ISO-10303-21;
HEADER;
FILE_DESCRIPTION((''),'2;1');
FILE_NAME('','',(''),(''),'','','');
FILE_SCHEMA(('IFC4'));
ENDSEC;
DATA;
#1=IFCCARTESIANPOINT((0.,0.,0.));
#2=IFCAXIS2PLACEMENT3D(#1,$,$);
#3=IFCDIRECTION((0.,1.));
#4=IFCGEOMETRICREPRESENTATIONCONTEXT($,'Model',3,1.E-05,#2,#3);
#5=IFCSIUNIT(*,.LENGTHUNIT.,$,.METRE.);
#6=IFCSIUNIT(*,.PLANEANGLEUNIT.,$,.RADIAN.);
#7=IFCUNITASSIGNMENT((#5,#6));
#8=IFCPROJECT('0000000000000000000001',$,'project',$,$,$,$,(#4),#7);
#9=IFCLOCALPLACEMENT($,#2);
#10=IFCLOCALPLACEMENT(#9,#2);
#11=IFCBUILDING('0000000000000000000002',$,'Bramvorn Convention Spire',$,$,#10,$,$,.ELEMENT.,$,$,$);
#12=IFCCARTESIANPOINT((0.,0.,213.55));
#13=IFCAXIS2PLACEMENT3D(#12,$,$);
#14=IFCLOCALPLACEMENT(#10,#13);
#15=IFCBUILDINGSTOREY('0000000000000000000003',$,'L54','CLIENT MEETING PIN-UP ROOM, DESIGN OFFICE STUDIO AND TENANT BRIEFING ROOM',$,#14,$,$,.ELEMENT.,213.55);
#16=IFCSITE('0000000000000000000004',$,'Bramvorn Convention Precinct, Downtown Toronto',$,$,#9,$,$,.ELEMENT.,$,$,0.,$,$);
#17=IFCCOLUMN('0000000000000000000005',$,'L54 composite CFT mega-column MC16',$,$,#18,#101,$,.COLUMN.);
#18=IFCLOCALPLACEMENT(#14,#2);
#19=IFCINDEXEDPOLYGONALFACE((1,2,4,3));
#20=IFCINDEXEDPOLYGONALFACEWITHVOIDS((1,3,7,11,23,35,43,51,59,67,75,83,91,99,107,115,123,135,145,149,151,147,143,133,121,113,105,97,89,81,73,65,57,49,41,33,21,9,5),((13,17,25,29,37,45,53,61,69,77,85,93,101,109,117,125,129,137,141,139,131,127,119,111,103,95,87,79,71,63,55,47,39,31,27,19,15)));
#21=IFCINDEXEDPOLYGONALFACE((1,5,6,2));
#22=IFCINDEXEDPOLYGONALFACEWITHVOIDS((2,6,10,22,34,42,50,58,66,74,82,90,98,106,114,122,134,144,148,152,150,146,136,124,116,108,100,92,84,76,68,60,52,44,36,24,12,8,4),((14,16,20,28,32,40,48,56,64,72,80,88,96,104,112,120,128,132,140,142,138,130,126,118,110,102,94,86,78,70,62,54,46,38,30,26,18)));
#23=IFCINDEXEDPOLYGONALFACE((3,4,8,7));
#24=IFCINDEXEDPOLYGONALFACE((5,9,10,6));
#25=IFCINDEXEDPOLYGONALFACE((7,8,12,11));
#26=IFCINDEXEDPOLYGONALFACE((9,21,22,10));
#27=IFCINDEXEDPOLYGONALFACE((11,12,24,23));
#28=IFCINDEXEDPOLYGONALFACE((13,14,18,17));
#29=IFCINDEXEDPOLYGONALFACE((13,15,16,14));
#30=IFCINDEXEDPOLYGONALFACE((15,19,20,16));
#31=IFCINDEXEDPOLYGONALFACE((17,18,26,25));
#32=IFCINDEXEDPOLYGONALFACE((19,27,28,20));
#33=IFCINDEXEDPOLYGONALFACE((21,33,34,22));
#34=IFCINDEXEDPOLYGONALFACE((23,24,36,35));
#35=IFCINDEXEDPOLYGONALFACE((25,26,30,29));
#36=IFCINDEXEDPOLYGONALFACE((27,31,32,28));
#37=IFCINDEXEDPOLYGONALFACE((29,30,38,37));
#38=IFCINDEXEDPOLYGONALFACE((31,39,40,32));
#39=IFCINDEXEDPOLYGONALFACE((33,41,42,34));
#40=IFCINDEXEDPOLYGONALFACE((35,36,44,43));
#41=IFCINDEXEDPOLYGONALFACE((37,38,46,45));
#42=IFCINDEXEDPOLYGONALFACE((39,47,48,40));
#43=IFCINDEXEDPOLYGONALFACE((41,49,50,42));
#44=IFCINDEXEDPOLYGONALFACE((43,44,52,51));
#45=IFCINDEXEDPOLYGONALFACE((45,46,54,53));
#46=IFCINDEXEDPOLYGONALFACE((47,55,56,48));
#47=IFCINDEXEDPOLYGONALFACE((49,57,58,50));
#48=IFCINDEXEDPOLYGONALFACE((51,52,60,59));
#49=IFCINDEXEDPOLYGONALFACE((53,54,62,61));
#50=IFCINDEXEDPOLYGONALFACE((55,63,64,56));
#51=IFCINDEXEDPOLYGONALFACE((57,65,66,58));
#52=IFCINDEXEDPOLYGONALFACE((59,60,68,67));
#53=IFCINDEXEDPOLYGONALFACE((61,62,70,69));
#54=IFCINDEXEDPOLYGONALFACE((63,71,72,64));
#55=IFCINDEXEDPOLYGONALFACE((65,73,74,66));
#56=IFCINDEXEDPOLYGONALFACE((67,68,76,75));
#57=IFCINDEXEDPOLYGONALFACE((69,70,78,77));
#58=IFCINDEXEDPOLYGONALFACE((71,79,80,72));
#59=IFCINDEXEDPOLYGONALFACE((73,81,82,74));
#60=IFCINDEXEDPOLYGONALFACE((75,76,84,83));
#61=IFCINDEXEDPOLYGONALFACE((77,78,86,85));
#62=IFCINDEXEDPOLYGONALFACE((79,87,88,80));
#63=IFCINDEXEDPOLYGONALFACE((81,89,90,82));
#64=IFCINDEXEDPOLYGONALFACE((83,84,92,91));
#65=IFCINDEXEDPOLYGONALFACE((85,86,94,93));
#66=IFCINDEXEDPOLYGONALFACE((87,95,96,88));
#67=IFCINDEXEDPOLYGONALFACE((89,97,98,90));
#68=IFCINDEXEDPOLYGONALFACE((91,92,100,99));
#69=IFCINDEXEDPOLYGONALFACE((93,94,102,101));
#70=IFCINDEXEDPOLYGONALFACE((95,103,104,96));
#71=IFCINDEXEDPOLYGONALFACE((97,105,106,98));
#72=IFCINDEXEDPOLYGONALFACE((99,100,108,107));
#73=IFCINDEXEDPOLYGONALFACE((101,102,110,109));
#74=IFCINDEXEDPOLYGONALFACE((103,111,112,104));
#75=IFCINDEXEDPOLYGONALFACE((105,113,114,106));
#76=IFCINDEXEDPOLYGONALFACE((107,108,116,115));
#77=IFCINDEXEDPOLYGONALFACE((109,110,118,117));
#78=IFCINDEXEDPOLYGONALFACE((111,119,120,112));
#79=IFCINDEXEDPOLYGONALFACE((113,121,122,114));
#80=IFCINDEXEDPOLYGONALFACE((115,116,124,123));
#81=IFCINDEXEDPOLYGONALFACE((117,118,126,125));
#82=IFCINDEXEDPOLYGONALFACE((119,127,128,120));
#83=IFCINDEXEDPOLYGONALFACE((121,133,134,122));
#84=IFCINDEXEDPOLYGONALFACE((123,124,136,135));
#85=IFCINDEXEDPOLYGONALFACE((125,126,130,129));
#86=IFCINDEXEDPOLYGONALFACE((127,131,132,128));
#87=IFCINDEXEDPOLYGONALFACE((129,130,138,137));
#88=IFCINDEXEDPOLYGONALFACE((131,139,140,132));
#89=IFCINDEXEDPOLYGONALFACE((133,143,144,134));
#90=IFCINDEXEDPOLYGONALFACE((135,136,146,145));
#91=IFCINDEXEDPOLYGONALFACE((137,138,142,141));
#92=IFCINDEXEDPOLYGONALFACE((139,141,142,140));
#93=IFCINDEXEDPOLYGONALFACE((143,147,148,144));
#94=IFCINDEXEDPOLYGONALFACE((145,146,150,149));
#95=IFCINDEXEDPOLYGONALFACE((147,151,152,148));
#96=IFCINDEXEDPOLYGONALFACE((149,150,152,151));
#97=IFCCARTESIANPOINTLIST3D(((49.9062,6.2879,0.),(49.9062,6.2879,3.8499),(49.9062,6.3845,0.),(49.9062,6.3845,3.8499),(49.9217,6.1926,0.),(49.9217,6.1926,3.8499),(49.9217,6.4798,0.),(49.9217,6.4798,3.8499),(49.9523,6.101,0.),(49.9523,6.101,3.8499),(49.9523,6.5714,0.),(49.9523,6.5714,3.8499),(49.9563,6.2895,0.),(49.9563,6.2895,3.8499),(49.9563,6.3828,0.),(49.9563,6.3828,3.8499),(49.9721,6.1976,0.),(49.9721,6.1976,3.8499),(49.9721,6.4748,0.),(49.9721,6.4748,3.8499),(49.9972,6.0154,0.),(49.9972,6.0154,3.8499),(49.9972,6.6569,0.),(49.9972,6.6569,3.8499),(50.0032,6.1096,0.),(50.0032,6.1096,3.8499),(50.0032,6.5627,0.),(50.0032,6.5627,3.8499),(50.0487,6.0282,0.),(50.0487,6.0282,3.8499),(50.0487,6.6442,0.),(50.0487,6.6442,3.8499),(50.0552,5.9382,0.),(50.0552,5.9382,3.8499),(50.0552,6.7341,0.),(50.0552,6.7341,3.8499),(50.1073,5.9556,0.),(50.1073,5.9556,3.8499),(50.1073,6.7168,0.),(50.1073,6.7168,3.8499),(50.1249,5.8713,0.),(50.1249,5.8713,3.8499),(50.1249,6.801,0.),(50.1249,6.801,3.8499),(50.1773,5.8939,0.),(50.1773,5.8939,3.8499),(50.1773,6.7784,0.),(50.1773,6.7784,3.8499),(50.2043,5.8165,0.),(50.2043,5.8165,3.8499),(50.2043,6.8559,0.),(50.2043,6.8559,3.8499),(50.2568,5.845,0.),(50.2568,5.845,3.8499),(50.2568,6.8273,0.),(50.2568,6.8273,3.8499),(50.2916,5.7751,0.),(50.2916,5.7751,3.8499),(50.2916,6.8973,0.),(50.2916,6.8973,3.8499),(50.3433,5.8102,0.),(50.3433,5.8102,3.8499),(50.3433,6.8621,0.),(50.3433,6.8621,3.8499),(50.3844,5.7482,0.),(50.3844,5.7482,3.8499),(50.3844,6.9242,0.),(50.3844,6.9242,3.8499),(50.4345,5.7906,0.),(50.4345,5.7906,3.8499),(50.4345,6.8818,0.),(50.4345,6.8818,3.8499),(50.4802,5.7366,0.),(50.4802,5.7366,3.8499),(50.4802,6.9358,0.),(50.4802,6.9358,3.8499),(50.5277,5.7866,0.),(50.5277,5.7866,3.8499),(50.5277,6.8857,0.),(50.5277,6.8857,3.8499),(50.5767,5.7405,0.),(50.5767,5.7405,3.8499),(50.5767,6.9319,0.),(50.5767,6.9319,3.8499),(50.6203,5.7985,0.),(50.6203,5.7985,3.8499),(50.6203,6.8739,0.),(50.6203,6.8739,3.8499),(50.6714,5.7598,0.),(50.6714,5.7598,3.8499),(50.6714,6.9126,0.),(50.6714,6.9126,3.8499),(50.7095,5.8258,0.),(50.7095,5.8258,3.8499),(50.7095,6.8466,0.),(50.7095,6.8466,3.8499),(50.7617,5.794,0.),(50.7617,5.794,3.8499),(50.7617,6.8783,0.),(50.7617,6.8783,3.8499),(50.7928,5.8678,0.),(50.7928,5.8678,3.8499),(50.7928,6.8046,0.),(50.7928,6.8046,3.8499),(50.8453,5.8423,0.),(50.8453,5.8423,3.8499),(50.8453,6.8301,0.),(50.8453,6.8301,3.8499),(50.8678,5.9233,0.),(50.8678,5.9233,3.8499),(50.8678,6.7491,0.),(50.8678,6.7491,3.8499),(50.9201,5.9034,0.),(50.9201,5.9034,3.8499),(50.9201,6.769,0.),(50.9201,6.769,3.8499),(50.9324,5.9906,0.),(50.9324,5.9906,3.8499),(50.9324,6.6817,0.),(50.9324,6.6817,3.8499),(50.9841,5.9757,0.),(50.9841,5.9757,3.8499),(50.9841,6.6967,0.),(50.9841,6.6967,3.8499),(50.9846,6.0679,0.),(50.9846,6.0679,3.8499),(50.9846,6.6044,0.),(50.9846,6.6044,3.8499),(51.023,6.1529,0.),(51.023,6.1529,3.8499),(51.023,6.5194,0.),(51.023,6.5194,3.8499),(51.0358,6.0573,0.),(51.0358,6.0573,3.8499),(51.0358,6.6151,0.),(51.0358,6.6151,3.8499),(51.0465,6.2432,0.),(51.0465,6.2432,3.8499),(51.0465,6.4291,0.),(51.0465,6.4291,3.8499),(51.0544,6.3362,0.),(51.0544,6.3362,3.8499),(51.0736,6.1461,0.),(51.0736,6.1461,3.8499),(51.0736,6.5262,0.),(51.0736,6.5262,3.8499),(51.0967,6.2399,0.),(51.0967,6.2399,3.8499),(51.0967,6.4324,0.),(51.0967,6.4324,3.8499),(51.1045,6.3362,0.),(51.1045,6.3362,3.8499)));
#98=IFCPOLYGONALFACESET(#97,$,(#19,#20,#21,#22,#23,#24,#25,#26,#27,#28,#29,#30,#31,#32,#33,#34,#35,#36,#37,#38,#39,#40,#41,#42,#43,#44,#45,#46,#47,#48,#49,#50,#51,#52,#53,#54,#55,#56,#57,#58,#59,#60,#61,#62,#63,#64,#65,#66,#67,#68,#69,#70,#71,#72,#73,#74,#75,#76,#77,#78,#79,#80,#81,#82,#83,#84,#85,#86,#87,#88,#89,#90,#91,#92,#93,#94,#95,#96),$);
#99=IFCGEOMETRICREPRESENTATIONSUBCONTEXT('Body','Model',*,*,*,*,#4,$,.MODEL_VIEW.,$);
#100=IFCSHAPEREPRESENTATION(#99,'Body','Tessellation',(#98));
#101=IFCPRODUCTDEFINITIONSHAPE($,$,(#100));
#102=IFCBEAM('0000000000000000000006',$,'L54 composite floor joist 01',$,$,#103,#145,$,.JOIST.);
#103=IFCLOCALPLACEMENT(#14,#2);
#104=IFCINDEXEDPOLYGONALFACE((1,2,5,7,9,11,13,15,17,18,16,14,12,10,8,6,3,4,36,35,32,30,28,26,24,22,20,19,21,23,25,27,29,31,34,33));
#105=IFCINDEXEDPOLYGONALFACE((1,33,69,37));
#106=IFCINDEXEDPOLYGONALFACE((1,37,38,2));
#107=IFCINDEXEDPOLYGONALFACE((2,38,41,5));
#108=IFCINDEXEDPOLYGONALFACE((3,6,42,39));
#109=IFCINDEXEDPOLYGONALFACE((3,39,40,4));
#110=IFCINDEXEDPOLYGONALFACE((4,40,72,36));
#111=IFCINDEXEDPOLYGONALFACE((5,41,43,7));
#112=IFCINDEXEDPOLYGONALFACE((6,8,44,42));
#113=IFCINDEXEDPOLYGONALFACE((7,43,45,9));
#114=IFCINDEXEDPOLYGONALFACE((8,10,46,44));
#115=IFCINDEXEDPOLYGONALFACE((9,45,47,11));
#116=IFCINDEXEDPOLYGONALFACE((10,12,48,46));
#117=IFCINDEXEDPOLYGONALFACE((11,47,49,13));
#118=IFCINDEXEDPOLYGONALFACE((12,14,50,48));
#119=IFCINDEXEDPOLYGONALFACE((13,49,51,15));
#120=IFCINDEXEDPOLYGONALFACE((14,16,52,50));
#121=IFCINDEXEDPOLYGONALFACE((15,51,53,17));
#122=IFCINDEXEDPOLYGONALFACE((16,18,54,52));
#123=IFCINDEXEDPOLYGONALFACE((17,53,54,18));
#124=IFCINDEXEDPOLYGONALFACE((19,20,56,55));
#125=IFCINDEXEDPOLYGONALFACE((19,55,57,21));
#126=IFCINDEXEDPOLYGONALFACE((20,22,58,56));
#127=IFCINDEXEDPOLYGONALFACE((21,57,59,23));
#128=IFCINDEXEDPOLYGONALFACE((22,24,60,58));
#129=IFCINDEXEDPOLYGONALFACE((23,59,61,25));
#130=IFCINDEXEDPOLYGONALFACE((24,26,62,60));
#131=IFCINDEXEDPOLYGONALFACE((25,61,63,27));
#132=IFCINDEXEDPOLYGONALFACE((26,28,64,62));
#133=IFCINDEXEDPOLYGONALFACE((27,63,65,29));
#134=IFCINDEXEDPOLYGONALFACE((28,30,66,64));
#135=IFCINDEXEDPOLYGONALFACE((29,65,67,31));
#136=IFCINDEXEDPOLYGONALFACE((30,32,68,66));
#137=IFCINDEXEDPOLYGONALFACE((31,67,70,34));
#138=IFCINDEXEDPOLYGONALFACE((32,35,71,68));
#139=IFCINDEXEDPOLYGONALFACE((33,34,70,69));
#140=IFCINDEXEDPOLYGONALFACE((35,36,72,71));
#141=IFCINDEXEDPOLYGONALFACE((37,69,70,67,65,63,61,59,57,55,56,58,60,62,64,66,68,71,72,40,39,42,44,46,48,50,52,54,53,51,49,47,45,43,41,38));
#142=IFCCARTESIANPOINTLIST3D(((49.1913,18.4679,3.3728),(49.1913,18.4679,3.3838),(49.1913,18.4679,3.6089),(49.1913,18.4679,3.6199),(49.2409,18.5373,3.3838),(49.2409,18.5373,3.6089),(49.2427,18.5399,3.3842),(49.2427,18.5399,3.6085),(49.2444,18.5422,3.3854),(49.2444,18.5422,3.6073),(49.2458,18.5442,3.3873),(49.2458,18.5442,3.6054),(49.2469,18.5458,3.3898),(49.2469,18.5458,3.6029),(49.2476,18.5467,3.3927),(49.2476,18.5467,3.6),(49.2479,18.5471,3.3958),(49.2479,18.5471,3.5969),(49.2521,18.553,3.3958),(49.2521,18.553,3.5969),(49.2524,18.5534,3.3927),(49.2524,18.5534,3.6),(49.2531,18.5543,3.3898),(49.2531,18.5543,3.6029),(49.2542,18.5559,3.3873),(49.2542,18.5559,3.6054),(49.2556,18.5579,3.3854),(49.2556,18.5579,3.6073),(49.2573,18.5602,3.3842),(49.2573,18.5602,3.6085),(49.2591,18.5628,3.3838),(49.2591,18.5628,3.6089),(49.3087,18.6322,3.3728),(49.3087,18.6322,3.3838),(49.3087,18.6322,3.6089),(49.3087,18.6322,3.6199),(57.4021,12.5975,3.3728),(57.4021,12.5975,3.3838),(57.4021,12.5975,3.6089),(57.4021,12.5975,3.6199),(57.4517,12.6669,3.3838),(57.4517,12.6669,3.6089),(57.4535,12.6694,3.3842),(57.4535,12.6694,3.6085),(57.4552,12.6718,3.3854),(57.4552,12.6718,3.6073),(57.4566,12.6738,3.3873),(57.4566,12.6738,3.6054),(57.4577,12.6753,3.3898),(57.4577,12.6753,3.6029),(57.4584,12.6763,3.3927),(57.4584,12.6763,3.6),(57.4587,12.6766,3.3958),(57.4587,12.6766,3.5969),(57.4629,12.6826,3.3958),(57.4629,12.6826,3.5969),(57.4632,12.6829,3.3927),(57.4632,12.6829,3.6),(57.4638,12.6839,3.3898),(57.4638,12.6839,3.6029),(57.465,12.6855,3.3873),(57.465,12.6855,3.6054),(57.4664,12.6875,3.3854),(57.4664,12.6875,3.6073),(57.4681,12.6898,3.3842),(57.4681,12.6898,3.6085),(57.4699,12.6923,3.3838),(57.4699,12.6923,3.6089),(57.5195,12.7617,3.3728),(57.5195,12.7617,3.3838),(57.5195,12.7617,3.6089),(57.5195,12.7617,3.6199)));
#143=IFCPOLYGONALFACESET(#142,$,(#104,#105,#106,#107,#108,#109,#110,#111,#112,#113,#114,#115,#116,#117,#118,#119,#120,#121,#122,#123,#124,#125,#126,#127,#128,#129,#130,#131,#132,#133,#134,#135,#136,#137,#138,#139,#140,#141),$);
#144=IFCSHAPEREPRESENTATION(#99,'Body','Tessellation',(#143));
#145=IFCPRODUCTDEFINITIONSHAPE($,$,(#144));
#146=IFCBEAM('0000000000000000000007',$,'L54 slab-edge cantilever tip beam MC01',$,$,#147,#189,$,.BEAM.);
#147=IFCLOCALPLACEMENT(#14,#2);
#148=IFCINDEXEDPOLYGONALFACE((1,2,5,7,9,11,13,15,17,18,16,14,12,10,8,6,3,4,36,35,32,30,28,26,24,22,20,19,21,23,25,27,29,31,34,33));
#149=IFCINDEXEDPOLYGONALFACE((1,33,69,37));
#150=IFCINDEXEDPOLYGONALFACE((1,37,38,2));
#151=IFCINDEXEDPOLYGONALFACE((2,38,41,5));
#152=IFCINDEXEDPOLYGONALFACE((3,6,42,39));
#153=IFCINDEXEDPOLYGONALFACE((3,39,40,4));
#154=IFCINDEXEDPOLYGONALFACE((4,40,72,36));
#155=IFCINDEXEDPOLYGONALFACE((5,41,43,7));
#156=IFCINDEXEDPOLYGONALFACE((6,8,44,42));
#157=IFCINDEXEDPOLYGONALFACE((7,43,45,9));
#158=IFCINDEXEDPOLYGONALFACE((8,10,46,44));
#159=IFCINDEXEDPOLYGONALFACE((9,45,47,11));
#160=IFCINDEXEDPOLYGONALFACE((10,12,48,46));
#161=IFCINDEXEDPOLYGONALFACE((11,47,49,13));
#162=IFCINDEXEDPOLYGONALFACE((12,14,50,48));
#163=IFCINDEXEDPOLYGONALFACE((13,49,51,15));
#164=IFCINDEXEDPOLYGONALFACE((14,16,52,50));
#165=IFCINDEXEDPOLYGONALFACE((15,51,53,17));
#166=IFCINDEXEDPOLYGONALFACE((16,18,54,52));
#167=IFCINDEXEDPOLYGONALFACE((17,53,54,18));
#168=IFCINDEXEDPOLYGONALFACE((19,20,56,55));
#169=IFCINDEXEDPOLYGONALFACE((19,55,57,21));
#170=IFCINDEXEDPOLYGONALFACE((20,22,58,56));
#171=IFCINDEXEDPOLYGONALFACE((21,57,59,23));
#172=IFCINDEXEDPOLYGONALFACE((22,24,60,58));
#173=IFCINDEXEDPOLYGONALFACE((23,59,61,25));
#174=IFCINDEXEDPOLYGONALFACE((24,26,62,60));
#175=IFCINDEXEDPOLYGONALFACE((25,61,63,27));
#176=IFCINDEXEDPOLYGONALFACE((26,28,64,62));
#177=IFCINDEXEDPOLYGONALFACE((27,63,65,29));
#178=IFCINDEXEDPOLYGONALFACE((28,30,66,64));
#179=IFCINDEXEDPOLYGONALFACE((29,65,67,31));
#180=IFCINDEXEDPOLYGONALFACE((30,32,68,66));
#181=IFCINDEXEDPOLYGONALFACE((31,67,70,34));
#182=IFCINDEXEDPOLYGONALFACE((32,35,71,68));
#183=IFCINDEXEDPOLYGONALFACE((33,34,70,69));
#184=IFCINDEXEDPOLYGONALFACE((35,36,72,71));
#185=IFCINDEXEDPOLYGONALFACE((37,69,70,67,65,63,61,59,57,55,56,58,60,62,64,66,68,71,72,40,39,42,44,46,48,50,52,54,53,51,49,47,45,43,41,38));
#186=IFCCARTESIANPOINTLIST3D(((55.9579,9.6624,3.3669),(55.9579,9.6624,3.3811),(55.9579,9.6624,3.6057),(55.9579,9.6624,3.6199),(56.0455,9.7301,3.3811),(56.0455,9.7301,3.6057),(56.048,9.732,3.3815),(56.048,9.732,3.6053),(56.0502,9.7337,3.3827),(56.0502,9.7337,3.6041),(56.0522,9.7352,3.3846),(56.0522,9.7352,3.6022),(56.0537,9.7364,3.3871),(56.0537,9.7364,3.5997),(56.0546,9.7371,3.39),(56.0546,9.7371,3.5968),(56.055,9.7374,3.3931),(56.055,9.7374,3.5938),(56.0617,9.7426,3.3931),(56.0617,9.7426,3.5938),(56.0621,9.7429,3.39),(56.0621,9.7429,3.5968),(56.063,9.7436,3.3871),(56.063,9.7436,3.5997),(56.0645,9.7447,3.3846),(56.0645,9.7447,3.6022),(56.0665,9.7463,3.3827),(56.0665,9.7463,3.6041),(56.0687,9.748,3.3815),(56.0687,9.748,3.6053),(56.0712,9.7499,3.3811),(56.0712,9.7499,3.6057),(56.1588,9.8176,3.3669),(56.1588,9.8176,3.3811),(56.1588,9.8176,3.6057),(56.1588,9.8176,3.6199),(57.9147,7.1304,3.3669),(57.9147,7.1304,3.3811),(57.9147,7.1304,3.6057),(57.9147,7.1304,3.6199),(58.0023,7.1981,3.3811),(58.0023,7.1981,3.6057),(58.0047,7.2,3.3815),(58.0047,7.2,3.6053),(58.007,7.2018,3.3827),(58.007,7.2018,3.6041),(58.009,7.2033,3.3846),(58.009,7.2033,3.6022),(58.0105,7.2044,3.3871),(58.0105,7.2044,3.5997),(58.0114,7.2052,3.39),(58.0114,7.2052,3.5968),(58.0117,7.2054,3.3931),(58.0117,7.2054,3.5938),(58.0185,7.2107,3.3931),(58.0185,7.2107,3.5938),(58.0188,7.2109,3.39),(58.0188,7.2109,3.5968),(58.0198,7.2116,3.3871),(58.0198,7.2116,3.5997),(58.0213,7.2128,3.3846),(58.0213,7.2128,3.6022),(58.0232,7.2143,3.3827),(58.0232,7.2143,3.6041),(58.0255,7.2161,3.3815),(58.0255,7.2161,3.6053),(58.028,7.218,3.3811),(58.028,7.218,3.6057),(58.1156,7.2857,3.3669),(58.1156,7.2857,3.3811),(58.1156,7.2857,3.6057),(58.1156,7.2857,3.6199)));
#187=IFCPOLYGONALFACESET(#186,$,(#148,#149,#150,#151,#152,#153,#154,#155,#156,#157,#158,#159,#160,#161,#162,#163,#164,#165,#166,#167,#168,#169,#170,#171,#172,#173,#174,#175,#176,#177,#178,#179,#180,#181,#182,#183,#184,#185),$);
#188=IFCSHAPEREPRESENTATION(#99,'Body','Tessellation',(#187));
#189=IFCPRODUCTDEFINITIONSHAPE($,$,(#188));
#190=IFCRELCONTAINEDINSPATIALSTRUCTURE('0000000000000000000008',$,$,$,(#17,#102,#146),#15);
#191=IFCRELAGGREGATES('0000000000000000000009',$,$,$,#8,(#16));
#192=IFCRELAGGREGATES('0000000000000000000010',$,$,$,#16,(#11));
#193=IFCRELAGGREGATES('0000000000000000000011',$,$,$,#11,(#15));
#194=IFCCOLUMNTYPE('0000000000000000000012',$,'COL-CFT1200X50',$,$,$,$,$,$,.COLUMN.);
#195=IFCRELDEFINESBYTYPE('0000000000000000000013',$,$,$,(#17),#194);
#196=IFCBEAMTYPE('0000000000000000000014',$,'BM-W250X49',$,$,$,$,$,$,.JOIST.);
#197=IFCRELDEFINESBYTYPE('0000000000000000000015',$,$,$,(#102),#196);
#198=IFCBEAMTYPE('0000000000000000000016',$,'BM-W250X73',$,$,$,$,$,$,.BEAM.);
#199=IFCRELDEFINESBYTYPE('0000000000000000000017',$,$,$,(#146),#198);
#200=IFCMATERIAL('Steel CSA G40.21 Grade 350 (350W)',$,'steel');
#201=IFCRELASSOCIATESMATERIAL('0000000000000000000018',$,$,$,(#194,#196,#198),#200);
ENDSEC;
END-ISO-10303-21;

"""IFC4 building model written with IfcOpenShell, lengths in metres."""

from ifc_helpers import new_model, si_unit, direction, frame, origin, origin_2d, place, context, subcontext, project, spatial, hollow_circle, i_section, extrude, material, material_profile, profile_set, type_object, element, save


model = new_model("IFC4")

# Units and contexts
model_context = context("Model", 3, precision=1e-05, world=origin(), true_north=direction((0.0, 1.0)))
body_context = subcontext(model_context, "Body", "Model", "MODEL_VIEW")
ifc_project = project(units=[si_unit("LENGTHUNIT", "METRE"), si_unit("PLANEANGLEUNIT", "RADIAN")], contexts=[model_context])

# Site, building, storey
site_placement = place(None, origin())
site = spatial("IfcSite", under=ifc_project, at=site_placement, Name="Bramvorn Convention Precinct, Downtown Toronto", CompositionType="ELEMENT", RefElevation=0.0)
building_placement = place(site_placement, origin())
building = spatial("IfcBuilding", under=site, at=building_placement, Name="Bramvorn Convention Spire", CompositionType="ELEMENT")
storey_placement = place(building_placement, frame((0.0, 0.0, 213.55)))
storey = spatial("IfcBuildingStorey", under=building, at=storey_placement, Name="L54", Description="CLIENT MEETING PIN-UP ROOM, DESIGN OFFICE STUDIO AND TENANT BRIEFING ROOM", CompositionType="ELEMENT", Elevation=213.55)

# Column
ifc_material_1 = material(Name="Steel CSA G40.21 Grade 350 (350W)", Category="steel")
ifc_material_profile_1 = material_profile(ifc_material_1, hollow_circle(Radius=0.6001, WallThickness=0.05, at=origin_2d()))
ifc_profile_set_1 = profile_set([ifc_material_profile_1], Name="Steel CSA G40.21 Grade 350 (350W) - CFT1200X50")
column_type = type_object("IfcColumnType", Name="COL-CFT1200X50", PredefinedType="COLUMN", material=ifc_profile_set_1)
for number, where, z_axis, x_axis, name in (
    (1, (50.5044, 6.3362, 0.0), (0.0, 0.0, 1.0), (1.0, 0.0, 0.0), "L54 composite CFT mega-column MC16"),
):
    element("IfcColumn", number, at=place(storey_placement, frame(where, z_axis=z_axis, x_axis=x_axis)), inside=storey, type_object=column_type, Name=name, PredefinedType="COLUMN", context=body_context, shape_type="SweptSolid", body=[
        extrude(hollow_circle(Radius=0.6001, WallThickness=0.05, at=origin_2d()), origin(), (0.0, 0.0, 1.0), 3.8499),
    ])

# Beams
ifc_material_profile_2 = material_profile(ifc_material_1, i_section(OverallWidth=0.2019, OverallDepth=0.2471, WebThickness=0.0073, FlangeThickness=0.011, FilletRadius=0.012, at=origin_2d()))
ifc_profile_set_2 = profile_set([ifc_material_profile_2], Name="Steel CSA G40.21 Grade 350 (350W) - W250X49")
beam_type_1 = type_object("IfcBeamType", Name="BM-W250X49", PredefinedType="JOIST", material=ifc_profile_set_2)
beam_1_placement = place(storey_placement, frame((49.25, 18.55, 3.4963), z_axis=(0.813472, -0.581604, 0.0), x_axis=(0.581604, 0.813472, 0.0)))
element("IfcBeam", 2, at=beam_1_placement, inside=storey, type_object=beam_type_1, Name="L54 composite floor joist 01", PredefinedType="JOIST", context=body_context, shape_type="SweptSolid", body=[
    extrude(i_section(OverallWidth=0.2019, OverallDepth=0.2471, WebThickness=0.0073, FlangeThickness=0.011, FilletRadius=0.012, at=origin_2d()), origin(), (0.0, 0.0, 1.0), 10.0935),
])
ifc_material_profile_3 = material_profile(ifc_material_1, i_section(OverallWidth=0.2539, OverallDepth=0.2529, WebThickness=0.0085, FlangeThickness=0.0142, FilletRadius=0.012, at=origin_2d()))
ifc_profile_set_3 = profile_set([ifc_material_profile_3], Name="Steel CSA G40.21 Grade 350 (350W) - W250X73")
beam_type_2 = type_object("IfcBeamType", Name="BM-W250X73", PredefinedType="BEAM", material=ifc_profile_set_3)
beam_2_placement = place(storey_placement, frame((56.0583, 9.74, 3.4934), z_axis=(0.611497, -0.791246, 0.0), x_axis=(0.791246, 0.611497, 0.0)))
element("IfcBeam", 3, at=beam_2_placement, inside=storey, type_object=beam_type_2, Name="L54 slab-edge cantilever tip beam MC01", PredefinedType="BEAM", context=body_context, shape_type="SweptSolid", body=[
    extrude(i_section(OverallWidth=0.2539, OverallDepth=0.2529, WebThickness=0.0085, FlangeThickness=0.0142, FilletRadius=0.012, at=origin_2d()), origin(), (0.0, 0.0, 1.0), 3.2),
])

save(model, "model.ifc")
